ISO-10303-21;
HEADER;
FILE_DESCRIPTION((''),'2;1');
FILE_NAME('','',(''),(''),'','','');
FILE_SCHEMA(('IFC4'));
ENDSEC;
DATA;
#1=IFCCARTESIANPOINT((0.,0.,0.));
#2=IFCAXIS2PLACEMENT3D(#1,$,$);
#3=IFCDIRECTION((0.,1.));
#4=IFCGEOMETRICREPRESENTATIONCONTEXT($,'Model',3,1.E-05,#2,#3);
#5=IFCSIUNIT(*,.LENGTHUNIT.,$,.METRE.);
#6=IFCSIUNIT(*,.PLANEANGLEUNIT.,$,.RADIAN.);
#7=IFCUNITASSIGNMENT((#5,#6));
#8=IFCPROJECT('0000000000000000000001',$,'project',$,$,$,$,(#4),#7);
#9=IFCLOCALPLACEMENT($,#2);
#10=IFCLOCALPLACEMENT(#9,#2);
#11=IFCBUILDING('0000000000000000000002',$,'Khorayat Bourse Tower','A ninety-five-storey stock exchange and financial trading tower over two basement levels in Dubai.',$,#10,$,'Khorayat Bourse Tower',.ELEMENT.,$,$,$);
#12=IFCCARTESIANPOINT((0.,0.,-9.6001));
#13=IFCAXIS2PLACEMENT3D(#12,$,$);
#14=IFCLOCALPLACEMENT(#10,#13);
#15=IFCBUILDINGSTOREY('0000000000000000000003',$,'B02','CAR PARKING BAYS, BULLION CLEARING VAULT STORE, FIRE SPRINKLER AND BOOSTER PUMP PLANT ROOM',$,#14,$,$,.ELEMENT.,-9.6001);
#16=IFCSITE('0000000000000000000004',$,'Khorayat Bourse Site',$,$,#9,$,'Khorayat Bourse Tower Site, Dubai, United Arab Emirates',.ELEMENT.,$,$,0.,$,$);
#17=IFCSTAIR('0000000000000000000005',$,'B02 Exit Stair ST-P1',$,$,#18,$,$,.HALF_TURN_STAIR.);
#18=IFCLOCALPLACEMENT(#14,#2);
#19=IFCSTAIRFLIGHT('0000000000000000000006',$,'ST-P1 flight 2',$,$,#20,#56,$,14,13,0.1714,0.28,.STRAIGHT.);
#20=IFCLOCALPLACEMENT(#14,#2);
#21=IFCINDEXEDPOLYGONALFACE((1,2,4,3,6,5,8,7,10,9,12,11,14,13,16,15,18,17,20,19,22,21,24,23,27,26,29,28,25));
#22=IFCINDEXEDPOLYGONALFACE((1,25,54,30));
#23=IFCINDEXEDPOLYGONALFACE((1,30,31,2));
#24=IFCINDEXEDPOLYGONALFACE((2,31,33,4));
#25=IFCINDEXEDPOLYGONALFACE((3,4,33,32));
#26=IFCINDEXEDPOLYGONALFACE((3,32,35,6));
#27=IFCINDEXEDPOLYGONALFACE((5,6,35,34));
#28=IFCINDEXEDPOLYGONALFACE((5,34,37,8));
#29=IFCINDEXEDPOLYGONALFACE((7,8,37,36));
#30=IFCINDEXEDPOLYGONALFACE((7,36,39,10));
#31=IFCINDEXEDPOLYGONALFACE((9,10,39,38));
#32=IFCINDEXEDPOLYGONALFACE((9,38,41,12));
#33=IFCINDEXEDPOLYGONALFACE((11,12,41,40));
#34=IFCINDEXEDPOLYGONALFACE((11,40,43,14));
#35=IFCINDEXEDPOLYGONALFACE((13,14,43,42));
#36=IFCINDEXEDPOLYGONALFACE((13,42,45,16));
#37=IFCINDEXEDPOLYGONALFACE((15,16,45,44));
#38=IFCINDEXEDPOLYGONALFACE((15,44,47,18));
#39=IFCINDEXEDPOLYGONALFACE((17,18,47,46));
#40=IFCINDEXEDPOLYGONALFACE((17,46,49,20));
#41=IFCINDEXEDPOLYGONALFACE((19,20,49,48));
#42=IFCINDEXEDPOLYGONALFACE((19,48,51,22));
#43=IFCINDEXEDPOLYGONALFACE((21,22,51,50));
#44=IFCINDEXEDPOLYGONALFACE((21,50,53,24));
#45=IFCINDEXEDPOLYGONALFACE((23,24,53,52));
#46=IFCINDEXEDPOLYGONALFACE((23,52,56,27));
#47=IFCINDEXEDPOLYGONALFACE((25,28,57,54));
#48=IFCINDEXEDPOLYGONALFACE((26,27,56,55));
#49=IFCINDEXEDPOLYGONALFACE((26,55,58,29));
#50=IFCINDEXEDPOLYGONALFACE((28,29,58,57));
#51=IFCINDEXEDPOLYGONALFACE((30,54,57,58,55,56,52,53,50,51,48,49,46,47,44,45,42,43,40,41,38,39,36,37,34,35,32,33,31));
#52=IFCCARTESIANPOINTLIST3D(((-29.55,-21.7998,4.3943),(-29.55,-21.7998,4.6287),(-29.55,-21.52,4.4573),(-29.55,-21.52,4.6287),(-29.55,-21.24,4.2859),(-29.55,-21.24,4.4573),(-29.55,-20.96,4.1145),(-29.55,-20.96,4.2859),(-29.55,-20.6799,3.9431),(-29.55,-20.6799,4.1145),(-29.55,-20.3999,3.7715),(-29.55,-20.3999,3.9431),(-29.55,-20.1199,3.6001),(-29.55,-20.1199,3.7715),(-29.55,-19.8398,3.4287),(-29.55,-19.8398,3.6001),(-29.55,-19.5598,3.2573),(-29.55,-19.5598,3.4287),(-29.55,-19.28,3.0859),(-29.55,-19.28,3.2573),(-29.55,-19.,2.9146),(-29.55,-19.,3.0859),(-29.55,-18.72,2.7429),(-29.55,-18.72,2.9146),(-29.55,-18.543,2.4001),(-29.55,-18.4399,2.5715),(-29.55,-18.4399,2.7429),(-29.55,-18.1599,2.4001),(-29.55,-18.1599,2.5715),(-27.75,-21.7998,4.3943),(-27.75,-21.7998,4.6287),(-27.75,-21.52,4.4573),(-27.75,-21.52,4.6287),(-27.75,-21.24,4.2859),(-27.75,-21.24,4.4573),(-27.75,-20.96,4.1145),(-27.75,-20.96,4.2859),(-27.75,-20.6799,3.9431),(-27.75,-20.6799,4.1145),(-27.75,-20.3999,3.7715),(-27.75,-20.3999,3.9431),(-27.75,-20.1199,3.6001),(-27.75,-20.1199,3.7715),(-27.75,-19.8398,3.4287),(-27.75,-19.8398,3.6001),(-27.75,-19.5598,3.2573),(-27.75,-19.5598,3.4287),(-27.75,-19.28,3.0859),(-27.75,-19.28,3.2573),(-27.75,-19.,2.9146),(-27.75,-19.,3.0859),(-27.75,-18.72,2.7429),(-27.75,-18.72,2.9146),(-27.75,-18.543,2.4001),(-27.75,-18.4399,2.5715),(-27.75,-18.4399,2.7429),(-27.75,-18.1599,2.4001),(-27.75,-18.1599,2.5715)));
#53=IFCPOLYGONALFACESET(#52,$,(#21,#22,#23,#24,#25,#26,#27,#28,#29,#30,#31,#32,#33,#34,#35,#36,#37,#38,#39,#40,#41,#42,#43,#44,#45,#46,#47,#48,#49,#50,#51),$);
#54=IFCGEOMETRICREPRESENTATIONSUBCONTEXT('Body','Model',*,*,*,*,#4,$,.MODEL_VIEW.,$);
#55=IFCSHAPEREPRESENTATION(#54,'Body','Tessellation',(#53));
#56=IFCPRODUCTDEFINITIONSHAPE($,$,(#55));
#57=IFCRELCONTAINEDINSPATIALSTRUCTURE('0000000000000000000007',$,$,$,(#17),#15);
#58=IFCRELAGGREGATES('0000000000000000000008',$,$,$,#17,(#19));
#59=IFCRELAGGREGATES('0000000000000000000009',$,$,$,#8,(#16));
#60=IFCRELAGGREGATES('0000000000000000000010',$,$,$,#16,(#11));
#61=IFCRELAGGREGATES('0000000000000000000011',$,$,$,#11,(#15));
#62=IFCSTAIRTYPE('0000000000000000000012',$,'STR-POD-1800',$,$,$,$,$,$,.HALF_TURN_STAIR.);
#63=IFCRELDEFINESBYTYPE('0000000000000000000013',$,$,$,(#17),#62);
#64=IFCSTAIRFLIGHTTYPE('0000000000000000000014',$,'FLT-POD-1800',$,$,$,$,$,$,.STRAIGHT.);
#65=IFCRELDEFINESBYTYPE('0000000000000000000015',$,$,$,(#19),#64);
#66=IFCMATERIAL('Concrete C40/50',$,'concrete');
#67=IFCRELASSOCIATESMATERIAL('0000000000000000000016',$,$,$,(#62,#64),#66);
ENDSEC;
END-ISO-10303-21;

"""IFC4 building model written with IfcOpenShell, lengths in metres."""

from ifc_helpers import new_model, si_unit, direction, frame, origin, place, context, subcontext, project, spatial, polyline, outline, extrude, source, transform, mapped, material, type_object, element, aggregate, save


model = new_model("IFC4")

# Units and contexts
model_context = context("Model", 3, precision=1e-05, world=origin(), true_north=direction((0.0, 1.0)))
body_context = subcontext(model_context, "Body", "Model", "MODEL_VIEW")
ifc_project = project(units=[si_unit("LENGTHUNIT", "METRE"), si_unit("PLANEANGLEUNIT", "RADIAN")], contexts=[model_context])

# Site, building, storey
site_placement = place(None, origin())
site = spatial("IfcSite", under=ifc_project, at=site_placement, Name="Khorayat Bourse Site", LongName="Khorayat Bourse Tower Site, Dubai, United Arab Emirates", CompositionType="ELEMENT", RefElevation=0.0)
building_placement = place(site_placement, origin())
building = spatial("IfcBuilding", under=site, at=building_placement, Name="Khorayat Bourse Tower", Description="A ninety-five-storey stock exchange and financial trading tower over two basement levels in Dubai.", LongName="Khorayat Bourse Tower", CompositionType="ELEMENT")
storey_placement = place(building_placement, frame((0.0, 0.0, -9.6001)))
storey = spatial("IfcBuildingStorey", under=building, at=storey_placement, Name="B02", Description="CAR PARKING BAYS, BULLION CLEARING VAULT STORE, FIRE SPRINKLER AND BOOSTER PUMP PLANT ROOM", CompositionType="ELEMENT", Elevation=-9.6001)

# Stair, stair flight
ifc_material_1 = material(Name="Concrete C40/50", Category="concrete")
stair_type = type_object("IfcStairType", Name="STR-POD-1800", PredefinedType="HALF_TURN_STAIR", material=ifc_material_1)
stair_placement = place(storey_placement, origin())
stair = element("IfcStair", 1, at=stair_placement, inside=storey, type_object=stair_type, Name="B02 Exit Stair ST-P1", PredefinedType="HALF_TURN_STAIR")
stair_flight_type = type_object("IfcStairFlightType", Name="FLT-POD-1800", PredefinedType="STRAIGHT", material=ifc_material_1)
shared_shape_1 = source(origin(), body_context, "Body", "SweptSolid", [
    extrude(outline(polyline([(0.0, 0.0), (0.0, 0.1714), (0.28, 0.1714), (0.28, 0.3428), (0.5601, 0.3428), (0.5601, 0.5144), (0.8401, 0.5144), (0.8401, 0.6858), (1.1201, 0.6858), (1.1201, 0.8572), (1.3999, 0.8572), (1.3999, 1.0286), (1.6799, 1.0286), (1.6799, 1.2), (1.96, 1.2), (1.96, 1.3713), (2.24, 1.3713), (2.24, 1.543), (2.52, 1.543), (2.52, 1.7144), (2.8, 1.7144), (2.8, 1.8857), (3.0801, 1.8857), (3.0801, 2.0571), (3.3601, 2.0571), (3.3601, 2.2285), (3.6399, 2.2285), (3.6399, 2.3999), (3.6399, 1.9941), (0.3831, 0.0), (0.0, 0.0)])), frame((0.0, 0.8999, 0.0), z_axis=(0.0, -1.0, 0.0), x_axis=(1.0, 0.0, 0.0)), (0.0, 0.0, 1.0), 1.8),
])
stair_flight_1_placement = place(storey_placement, frame((-28.6499, -18.1599, 2.4001), z_axis=(0.0, 0.0, 1.0), x_axis=(0.0, -1.0, 0.0)))
stair_flight_1 = element("IfcStairFlight", 2, at=stair_flight_1_placement, type_object=stair_flight_type, Name="ST-P1 flight 2", NumberOfRisers=14, NumberOfTreads=13, PredefinedType="STRAIGHT", RiserHeight=0.1714, TreadLength=0.28, context=body_context, shape_type="MappedRepresentation", body=[
    mapped(shared_shape_1, transform((0.0, 0.0, 0.0), scale=1.0)),
])
aggregate(stair, [stair_flight_1])

save(model, "model.ifc")
